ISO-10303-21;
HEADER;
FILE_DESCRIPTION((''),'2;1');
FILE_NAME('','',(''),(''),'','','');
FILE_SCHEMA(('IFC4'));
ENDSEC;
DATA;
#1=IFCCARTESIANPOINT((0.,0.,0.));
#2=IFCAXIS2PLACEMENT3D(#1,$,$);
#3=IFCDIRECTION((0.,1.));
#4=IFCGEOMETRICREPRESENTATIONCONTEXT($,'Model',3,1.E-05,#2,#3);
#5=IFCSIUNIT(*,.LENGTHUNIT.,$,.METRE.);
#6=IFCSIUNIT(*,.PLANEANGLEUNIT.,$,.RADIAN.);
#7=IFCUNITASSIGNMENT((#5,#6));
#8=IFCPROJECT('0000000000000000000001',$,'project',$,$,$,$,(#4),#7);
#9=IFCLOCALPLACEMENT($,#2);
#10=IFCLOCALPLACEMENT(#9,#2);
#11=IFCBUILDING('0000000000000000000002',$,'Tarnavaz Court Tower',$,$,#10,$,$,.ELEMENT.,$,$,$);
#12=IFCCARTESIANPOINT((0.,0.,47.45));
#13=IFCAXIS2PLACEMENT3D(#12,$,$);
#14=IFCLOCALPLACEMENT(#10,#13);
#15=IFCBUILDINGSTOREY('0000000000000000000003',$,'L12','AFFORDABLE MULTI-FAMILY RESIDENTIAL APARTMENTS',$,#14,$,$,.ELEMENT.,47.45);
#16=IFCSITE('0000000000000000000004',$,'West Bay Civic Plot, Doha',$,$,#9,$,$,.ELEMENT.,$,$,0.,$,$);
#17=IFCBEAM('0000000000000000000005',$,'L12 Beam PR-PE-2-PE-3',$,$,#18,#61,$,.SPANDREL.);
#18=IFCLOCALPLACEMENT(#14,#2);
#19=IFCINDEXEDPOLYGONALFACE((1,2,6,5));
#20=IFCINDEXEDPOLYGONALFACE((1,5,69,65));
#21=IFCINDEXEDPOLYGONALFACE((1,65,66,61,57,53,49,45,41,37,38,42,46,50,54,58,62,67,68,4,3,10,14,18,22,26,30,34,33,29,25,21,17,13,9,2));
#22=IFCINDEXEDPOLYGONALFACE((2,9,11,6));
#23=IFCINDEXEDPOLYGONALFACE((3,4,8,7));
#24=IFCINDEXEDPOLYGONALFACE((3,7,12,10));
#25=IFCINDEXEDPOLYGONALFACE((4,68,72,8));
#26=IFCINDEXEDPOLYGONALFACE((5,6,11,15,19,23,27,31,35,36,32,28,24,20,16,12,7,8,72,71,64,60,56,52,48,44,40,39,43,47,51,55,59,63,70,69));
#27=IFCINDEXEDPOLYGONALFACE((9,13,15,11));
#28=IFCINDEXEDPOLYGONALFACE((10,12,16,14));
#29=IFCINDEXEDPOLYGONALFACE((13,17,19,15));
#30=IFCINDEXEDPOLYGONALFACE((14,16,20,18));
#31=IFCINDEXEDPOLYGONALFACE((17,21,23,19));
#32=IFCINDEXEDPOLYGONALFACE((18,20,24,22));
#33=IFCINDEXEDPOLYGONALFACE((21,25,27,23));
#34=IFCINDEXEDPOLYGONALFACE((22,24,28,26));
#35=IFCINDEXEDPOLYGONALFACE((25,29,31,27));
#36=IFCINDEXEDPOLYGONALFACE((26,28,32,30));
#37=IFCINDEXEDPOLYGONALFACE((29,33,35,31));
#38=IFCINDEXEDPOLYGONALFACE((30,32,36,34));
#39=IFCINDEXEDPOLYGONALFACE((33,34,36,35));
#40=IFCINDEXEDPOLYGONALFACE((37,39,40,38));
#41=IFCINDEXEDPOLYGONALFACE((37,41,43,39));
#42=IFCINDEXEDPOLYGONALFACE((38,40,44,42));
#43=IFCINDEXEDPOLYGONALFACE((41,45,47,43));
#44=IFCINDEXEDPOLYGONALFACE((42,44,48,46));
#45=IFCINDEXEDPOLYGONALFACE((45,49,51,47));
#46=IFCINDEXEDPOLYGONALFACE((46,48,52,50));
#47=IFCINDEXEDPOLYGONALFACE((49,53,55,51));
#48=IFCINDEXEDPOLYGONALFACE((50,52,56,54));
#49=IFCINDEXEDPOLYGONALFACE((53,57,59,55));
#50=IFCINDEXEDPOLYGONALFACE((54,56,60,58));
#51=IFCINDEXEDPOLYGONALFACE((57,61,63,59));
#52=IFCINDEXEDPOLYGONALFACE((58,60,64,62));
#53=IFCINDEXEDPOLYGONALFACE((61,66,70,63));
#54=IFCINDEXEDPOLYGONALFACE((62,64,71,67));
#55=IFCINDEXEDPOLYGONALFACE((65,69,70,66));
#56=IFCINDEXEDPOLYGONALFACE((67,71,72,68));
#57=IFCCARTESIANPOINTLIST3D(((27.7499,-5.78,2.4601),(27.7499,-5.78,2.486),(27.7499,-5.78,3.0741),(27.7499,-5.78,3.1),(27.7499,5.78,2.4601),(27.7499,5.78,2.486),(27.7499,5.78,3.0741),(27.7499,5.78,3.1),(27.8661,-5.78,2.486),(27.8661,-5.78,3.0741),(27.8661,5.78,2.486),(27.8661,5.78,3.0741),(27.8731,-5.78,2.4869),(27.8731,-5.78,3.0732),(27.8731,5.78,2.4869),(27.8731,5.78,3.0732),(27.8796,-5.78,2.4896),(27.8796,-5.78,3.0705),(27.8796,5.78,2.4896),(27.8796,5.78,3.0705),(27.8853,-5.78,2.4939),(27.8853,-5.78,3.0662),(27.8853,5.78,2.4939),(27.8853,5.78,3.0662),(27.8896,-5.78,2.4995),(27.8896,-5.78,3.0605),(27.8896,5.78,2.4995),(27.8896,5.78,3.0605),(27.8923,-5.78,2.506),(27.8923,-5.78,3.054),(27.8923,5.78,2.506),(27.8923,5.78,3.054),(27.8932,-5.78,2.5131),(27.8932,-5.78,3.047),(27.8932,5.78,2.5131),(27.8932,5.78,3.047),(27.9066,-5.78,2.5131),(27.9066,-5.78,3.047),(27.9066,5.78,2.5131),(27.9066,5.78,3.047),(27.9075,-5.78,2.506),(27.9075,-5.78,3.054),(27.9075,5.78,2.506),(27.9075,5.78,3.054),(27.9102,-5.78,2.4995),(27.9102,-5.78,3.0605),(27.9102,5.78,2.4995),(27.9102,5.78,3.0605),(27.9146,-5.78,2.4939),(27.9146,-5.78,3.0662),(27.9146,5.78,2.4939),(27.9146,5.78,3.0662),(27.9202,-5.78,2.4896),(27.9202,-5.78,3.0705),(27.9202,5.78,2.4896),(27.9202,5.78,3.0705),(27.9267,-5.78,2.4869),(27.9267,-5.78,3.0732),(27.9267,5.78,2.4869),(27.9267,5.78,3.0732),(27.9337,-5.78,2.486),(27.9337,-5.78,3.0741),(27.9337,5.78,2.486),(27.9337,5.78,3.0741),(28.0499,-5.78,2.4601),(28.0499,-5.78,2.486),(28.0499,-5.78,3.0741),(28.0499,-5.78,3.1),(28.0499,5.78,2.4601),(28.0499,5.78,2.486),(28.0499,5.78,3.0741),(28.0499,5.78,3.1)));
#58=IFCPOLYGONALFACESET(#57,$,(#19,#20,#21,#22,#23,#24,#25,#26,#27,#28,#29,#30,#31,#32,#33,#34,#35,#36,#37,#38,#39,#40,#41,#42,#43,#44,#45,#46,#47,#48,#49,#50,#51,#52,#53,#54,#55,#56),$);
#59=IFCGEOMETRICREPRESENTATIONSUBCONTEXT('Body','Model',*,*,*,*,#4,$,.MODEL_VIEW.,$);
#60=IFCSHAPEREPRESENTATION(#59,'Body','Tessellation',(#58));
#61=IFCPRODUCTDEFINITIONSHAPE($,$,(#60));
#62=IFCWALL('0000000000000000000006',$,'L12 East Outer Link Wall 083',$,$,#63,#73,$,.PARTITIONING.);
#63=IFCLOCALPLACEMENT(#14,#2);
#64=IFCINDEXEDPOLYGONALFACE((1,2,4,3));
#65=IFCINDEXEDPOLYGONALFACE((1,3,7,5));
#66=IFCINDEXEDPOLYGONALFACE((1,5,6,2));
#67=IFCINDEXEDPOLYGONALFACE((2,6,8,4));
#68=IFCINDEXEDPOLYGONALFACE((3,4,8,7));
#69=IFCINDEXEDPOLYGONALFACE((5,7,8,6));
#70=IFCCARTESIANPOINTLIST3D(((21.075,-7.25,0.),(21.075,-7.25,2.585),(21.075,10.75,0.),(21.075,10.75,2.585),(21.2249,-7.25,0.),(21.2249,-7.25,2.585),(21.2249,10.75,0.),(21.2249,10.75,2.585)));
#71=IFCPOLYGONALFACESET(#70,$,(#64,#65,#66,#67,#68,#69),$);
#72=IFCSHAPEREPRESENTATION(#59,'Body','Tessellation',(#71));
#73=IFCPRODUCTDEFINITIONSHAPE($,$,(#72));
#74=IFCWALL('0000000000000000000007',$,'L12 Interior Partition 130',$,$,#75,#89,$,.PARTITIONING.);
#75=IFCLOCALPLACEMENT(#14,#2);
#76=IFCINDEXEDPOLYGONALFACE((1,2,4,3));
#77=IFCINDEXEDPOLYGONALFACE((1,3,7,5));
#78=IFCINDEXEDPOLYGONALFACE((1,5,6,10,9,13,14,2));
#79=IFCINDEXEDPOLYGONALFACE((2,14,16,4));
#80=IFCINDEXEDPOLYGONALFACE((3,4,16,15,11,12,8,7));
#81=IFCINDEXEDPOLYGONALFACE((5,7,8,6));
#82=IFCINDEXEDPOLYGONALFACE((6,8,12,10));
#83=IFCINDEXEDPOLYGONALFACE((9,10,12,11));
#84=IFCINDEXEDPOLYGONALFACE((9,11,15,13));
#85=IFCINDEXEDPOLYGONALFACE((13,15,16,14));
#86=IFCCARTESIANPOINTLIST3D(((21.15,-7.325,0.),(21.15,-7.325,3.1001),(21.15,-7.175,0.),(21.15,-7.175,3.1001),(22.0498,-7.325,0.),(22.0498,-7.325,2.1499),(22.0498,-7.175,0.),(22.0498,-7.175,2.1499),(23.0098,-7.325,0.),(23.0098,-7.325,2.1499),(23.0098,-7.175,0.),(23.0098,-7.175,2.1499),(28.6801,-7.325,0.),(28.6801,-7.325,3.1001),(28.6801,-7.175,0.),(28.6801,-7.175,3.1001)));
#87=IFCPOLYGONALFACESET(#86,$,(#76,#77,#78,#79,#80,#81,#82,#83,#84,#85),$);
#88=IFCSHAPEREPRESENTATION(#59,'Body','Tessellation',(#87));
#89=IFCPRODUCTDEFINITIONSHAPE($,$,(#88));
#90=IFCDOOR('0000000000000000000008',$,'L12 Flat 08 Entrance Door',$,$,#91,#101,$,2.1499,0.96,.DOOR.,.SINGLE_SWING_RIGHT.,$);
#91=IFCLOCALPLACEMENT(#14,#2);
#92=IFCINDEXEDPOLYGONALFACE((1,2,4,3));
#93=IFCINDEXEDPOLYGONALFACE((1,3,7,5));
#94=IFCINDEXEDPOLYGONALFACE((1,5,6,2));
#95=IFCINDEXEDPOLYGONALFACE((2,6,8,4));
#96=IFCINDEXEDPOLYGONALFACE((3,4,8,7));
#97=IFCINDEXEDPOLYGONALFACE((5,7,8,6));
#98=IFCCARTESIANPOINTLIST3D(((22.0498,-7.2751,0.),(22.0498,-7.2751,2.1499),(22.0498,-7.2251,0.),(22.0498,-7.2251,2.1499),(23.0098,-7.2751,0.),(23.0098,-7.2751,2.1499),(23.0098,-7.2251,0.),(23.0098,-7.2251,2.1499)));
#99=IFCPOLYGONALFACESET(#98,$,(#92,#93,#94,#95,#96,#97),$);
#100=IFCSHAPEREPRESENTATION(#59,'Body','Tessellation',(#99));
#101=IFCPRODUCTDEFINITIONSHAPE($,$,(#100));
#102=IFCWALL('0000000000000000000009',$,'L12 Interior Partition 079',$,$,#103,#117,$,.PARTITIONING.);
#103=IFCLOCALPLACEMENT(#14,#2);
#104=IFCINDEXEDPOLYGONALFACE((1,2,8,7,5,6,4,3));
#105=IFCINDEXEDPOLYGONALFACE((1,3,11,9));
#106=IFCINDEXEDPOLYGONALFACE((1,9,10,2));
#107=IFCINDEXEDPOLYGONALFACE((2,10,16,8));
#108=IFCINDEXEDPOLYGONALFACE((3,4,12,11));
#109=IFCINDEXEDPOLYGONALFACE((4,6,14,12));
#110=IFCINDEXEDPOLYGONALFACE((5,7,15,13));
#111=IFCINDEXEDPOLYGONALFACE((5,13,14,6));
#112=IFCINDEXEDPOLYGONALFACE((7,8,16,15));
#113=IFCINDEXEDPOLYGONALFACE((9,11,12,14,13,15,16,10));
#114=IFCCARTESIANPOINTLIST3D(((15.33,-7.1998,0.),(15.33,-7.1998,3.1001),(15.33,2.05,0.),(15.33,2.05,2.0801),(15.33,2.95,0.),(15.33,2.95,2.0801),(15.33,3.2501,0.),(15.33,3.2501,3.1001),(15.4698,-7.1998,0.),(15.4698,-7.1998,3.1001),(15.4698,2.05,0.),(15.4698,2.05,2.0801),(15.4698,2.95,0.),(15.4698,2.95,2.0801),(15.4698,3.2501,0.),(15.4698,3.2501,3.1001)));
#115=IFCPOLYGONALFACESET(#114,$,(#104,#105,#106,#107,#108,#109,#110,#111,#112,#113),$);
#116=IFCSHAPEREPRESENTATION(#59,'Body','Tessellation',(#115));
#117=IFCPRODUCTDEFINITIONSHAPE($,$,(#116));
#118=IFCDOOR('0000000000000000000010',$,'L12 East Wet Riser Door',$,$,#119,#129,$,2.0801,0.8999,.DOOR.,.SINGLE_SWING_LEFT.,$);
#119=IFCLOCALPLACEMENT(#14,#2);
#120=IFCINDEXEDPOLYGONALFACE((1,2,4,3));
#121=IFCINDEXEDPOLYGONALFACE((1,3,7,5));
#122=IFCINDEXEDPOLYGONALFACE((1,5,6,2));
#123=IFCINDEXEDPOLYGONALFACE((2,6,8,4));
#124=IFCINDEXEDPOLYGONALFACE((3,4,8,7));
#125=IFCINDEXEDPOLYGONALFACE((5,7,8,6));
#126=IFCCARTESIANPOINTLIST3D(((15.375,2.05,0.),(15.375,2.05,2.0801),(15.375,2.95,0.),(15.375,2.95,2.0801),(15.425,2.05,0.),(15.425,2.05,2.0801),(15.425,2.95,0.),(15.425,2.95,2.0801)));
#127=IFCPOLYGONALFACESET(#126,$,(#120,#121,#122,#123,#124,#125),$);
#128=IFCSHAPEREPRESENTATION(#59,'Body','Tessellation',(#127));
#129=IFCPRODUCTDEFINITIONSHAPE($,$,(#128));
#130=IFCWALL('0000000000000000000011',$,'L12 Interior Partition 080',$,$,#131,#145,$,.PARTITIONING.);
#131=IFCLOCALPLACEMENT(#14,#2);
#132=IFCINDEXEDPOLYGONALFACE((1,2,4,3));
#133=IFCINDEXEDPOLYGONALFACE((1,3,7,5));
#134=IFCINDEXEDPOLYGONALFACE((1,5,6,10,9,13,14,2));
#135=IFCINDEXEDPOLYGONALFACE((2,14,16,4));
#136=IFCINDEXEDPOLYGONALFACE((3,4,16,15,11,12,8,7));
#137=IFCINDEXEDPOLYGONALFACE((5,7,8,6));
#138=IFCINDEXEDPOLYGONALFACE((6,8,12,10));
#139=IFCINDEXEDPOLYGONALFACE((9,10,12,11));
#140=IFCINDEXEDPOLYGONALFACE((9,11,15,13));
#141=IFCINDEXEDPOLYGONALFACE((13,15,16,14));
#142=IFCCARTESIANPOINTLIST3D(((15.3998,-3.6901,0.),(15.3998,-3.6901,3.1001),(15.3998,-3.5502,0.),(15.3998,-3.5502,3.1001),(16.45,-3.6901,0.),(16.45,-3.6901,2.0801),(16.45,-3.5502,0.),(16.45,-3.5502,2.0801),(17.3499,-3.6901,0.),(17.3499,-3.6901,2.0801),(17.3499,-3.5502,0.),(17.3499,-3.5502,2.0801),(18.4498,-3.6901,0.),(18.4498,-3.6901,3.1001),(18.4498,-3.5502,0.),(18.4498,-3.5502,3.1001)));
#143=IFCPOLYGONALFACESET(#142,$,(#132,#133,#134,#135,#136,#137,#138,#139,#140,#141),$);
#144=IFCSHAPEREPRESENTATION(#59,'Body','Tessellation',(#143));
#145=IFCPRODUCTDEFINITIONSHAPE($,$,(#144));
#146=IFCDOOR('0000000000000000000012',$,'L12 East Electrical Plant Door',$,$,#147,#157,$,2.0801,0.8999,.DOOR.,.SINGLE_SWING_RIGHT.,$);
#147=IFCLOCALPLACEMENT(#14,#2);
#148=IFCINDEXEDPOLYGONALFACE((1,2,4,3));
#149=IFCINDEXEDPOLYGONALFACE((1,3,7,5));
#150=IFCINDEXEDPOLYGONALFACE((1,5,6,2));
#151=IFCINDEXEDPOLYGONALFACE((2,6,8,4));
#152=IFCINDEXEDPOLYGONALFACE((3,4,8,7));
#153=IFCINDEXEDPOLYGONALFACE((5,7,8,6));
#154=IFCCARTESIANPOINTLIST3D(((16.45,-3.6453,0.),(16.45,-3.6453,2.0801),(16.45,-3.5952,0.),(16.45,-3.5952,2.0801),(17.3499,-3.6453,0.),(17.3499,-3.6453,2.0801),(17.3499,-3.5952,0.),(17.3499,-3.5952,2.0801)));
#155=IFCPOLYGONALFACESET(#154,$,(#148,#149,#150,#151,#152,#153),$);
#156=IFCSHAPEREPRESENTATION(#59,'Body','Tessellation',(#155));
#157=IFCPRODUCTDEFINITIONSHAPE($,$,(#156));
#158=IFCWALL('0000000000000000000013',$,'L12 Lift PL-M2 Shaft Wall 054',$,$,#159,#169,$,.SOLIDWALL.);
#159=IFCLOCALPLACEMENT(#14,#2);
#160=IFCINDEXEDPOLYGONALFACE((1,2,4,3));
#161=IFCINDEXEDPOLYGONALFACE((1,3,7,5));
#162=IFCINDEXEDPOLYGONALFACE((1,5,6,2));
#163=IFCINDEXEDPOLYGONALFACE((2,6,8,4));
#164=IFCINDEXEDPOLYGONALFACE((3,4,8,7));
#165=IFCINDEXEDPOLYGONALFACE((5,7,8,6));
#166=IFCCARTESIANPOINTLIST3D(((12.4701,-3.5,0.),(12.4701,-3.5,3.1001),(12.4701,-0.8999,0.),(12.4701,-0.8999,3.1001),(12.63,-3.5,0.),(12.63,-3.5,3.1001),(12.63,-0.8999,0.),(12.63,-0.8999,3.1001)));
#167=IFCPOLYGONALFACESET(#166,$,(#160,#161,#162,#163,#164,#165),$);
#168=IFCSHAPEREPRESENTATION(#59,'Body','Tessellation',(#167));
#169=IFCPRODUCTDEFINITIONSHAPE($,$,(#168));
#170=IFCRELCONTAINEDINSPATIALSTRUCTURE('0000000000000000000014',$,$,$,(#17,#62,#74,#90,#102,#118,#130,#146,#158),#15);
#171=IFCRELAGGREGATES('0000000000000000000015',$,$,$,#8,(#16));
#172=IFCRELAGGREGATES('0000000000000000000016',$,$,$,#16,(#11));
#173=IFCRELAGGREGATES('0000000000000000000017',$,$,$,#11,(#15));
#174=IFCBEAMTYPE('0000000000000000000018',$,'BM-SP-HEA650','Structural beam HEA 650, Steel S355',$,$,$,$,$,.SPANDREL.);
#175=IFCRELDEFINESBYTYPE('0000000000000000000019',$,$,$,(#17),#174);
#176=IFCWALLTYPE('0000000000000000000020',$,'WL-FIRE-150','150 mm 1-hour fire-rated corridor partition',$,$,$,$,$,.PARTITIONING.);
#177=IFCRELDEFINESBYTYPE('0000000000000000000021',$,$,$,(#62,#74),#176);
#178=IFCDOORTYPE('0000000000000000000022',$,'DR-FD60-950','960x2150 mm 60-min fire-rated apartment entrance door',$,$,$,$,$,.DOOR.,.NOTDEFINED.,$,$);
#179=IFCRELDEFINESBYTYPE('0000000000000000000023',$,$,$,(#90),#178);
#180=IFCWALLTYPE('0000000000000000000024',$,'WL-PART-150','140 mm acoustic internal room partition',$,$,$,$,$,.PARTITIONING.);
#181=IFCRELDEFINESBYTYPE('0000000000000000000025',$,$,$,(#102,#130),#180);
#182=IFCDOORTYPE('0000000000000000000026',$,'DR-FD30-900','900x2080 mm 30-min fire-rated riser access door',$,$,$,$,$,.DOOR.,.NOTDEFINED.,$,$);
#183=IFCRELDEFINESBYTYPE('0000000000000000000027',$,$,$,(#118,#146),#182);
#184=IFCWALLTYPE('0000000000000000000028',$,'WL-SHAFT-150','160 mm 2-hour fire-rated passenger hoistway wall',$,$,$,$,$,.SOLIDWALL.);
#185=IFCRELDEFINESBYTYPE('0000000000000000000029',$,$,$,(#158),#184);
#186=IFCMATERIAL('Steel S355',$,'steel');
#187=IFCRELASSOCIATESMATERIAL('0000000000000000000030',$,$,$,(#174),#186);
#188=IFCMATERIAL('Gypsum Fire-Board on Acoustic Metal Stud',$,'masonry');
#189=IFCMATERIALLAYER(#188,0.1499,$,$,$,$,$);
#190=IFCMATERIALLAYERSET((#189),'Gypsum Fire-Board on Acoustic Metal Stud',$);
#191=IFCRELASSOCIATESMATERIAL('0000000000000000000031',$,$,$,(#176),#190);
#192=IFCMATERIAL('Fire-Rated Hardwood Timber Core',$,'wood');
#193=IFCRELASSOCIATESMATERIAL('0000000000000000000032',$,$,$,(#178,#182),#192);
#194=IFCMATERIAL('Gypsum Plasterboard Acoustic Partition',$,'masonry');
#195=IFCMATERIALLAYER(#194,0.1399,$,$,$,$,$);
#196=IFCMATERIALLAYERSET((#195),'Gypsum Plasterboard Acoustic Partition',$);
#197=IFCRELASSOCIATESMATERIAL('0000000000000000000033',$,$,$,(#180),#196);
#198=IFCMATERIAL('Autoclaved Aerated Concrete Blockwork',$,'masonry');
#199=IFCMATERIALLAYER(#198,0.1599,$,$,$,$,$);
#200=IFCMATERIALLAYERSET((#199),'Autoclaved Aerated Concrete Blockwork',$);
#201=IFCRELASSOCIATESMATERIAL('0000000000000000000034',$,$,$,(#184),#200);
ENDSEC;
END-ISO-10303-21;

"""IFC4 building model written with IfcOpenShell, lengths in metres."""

from ifc_helpers import new_model, si_unit, direction, frame, frame_2d, origin, origin_2d, place, context, subcontext, project, spatial, rectangle, i_section, extrude, material, layer, layer_set, material_profile, profile_set, type_object, element, fill, save


model = new_model("IFC4")

# Units and contexts
model_context = context("Model", 3, precision=1e-05, world=origin(), true_north=direction((0.0, 1.0)))
body_context = subcontext(model_context, "Body", "Model", "MODEL_VIEW")
ifc_project = project(units=[si_unit("LENGTHUNIT", "METRE"), si_unit("PLANEANGLEUNIT", "RADIAN")], contexts=[model_context])

# Site, building, storey
site_placement = place(None, origin())
site = spatial("IfcSite", under=ifc_project, at=site_placement, Name="West Bay Civic Plot, Doha", CompositionType="ELEMENT", RefElevation=0.0)
building_placement = place(site_placement, origin())
building = spatial("IfcBuilding", under=site, at=building_placement, Name="Tarnavaz Court Tower", CompositionType="ELEMENT")
storey_placement = place(building_placement, frame((0.0, 0.0, 47.45)))
storey = spatial("IfcBuildingStorey", under=building, at=storey_placement, Name="L12", Description="AFFORDABLE MULTI-FAMILY RESIDENTIAL APARTMENTS", CompositionType="ELEMENT", Elevation=47.45)

# Beam
ifc_material_1 = material(Name="Steel S355", Category="steel")
ifc_material_profile_1 = material_profile(ifc_material_1, i_section(OverallWidth=0.3, OverallDepth=0.6399, WebThickness=0.0134, FlangeThickness=0.0259, FilletRadius=0.0271, at=origin_2d()), Name="HEA 650")
ifc_profile_set_1 = profile_set([ifc_material_profile_1], Name="Steel S355")
beam_type_1 = type_object("IfcBeamType", Name="BM-SP-HEA650", Description="Structural beam HEA 650, Steel S355", PredefinedType="SPANDREL", material=ifc_profile_set_1)
beam_1_placement = place(storey_placement, frame((27.8999, -5.78, 2.78), z_axis=(0.0, 1.0, 0.0), x_axis=(-1.0, 0.0, 0.0)))
element("IfcBeam", 1, at=beam_1_placement, inside=storey, type_object=beam_type_1, Name="L12 Beam PR-PE-2-PE-3", PredefinedType="SPANDREL", context=body_context, shape_type="SweptSolid", body=[
    extrude(i_section(OverallWidth=0.3, OverallDepth=0.6399, WebThickness=0.0134, FlangeThickness=0.0259, FilletRadius=0.0271, at=origin_2d()), origin(), (0.0, 0.0, 1.0), 11.5601),
])

# Wall
ifc_material_2 = material(Name="Gypsum Fire-Board on Acoustic Metal Stud", Category="masonry")
ifc_layer_1 = layer(ifc_material_2, 0.1499)
ifc_layer_set_1 = layer_set([ifc_layer_1], Name="Gypsum Fire-Board on Acoustic Metal Stud")
wall_type_1 = type_object("IfcWallType", Name="WL-FIRE-150", Description="150 mm 1-hour fire-rated corridor partition", PredefinedType="PARTITIONING", material=ifc_layer_set_1)
wall_1_placement = place(storey_placement, frame((21.1499, -7.25, 0.0), z_axis=(0.0, 0.0, 1.0), x_axis=(0.0, 1.0, 0.0)))
element("IfcWall", 2, at=wall_1_placement, inside=storey, type_object=wall_type_1, Name="L12 East Outer Link Wall 083", PredefinedType="PARTITIONING", context=body_context, shape_type="SweptSolid", body=[
    extrude(rectangle(XDim=18.0, YDim=0.1499, at=frame_2d((9.0, 0.0))), origin(), (0.0, 0.0, 1.0), 2.585),
])

# Walls, openings, doors
wall_2_placement = place(storey_placement, frame((21.1499, -7.25, 0.0), z_axis=(0.0, 0.0, 1.0), x_axis=(1.0, 0.0, 0.0)))
wall_2 = element("IfcWall", 3, at=wall_2_placement, inside=storey, type_object=wall_type_1, Name="L12 Interior Partition 130", PredefinedType="PARTITIONING", context=body_context, shape_type="SweptSolid", body=[
    extrude(rectangle(XDim=7.53, YDim=0.1499, at=frame_2d((3.7651, 0.0))), origin(), (0.0, 0.0, 1.0), 3.1001),
])
opening_1_placement = place(wall_2_placement, frame((0.8999, 0.0, 0.0)))
opening_1 = element("IfcOpeningElement", 4, at=opening_1_placement, cuts=wall_2, PredefinedType="OPENING", context=body_context, shape_type="SweptSolid", body=[
    extrude(rectangle(XDim=0.96, YDim=2.1499, at=frame_2d((0.48, 1.075))), frame((0.0, 0.085, 0.0), z_axis=(0.0, -1.0, 0.0), x_axis=(1.0, 0.0, 0.0)), (0.0, 0.0, 1.0), 0.1699),
])
ifc_material_3 = material(Name="Fire-Rated Hardwood Timber Core", Category="wood")
door_type_1 = type_object("IfcDoorType", Name="DR-FD60-950", Description="960x2150 mm 60-min fire-rated apartment entrance door", OperationType="NOTDEFINED", PredefinedType="DOOR", material=ifc_material_3)
door_1_placement = place(opening_1_placement, origin())
door_1 = element("IfcDoor", 5, at=door_1_placement, inside=storey, type_object=door_type_1, Name="L12 Flat 08 Entrance Door", OperationType="SINGLE_SWING_RIGHT", OverallHeight=2.1499, OverallWidth=0.96, PredefinedType="DOOR", context=body_context, shape_type="SweptSolid", body=[
    extrude(rectangle(XDim=0.96, YDim=2.1499, at=frame_2d((0.48, 1.075))), frame((0.0, 0.0249, 0.0), z_axis=(0.0, -1.0, 0.0), x_axis=(1.0, 0.0, 0.0)), (0.0, 0.0, 1.0), 0.05),
])
fill(opening_1, door_1)
ifc_material_4 = material(Name="Gypsum Plasterboard Acoustic Partition", Category="masonry")
ifc_layer_2 = layer(ifc_material_4, 0.1399)
ifc_layer_set_2 = layer_set([ifc_layer_2], Name="Gypsum Plasterboard Acoustic Partition")
wall_type_2 = type_object("IfcWallType", Name="WL-PART-150", Description="140 mm acoustic internal room partition", PredefinedType="PARTITIONING", material=ifc_layer_set_2)
wall_3_placement = place(storey_placement, frame((15.3999, -7.2, 0.0), z_axis=(0.0, 0.0, 1.0), x_axis=(0.0, 1.0, 0.0)))
wall_3 = element("IfcWall", 6, at=wall_3_placement, inside=storey, type_object=wall_type_2, Name="L12 Interior Partition 079", PredefinedType="PARTITIONING", context=body_context, shape_type="SweptSolid", body=[
    extrude(rectangle(XDim=10.45, YDim=0.1399, at=frame_2d((5.2251, 0.0))), origin(), (0.0, 0.0, 1.0), 3.1001),
])
opening_2_placement = place(wall_3_placement, frame((9.25, 0.0, 0.0)))
opening_2 = element("IfcOpeningElement", 7, at=opening_2_placement, cuts=wall_3, PredefinedType="OPENING", context=body_context, shape_type="SweptSolid", body=[
    extrude(rectangle(XDim=0.8999, YDim=2.0801, at=frame_2d((0.45, 1.04))), frame((0.0, 0.0798, 0.0), z_axis=(0.0, -1.0, 0.0), x_axis=(1.0, 0.0, 0.0)), (0.0, 0.0, 1.0), 0.1599),
])
door_type_2 = type_object("IfcDoorType", Name="DR-FD30-900", Description="900x2080 mm 30-min fire-rated riser access door", OperationType="NOTDEFINED", PredefinedType="DOOR", material=ifc_material_3)
door_2_placement = place(opening_2_placement, origin())
door_2 = element("IfcDoor", 8, at=door_2_placement, inside=storey, type_object=door_type_2, Name="L12 East Wet Riser Door", OperationType="SINGLE_SWING_LEFT", OverallHeight=2.0801, OverallWidth=0.8999, PredefinedType="DOOR", context=body_context, shape_type="SweptSolid", body=[
    extrude(rectangle(XDim=0.8999, YDim=2.0801, at=frame_2d((0.45, 1.04))), frame((0.0, 0.0249, 0.0), z_axis=(0.0, -1.0, 0.0), x_axis=(1.0, 0.0, 0.0)), (0.0, 0.0, 1.0), 0.05),
])
fill(opening_2, door_2)
wall_4_placement = place(storey_placement, frame((15.3999, -3.6201, 0.0), z_axis=(0.0, 0.0, 1.0), x_axis=(1.0, 0.0, 0.0)))
wall_4 = element("IfcWall", 9, at=wall_4_placement, inside=storey, type_object=wall_type_2, Name="L12 Interior Partition 080", PredefinedType="PARTITIONING", context=body_context, shape_type="SweptSolid", body=[
    extrude(rectangle(XDim=3.05, YDim=0.1399, at=frame_2d((1.5249, 0.0))), origin(), (0.0, 0.0, 1.0), 3.1001),
])
opening_3_placement = place(wall_4_placement, frame((1.05, 0.0, 0.0)))
opening_3 = element("IfcOpeningElement", 10, at=opening_3_placement, cuts=wall_4, PredefinedType="OPENING", context=body_context, shape_type="SweptSolid", body=[
    extrude(rectangle(XDim=0.8999, YDim=2.0801, at=frame_2d((0.45, 1.04))), frame((0.0, 0.0798, 0.0), z_axis=(0.0, -1.0, 0.0), x_axis=(1.0, 0.0, 0.0)), (0.0, 0.0, 1.0), 0.1599),
])
door_3_placement = place(opening_3_placement, origin())
door_3 = element("IfcDoor", 11, at=door_3_placement, inside=storey, type_object=door_type_2, Name="L12 East Electrical Plant Door", OperationType="SINGLE_SWING_RIGHT", OverallHeight=2.0801, OverallWidth=0.8999, PredefinedType="DOOR", context=body_context, shape_type="SweptSolid", body=[
    extrude(rectangle(XDim=0.8999, YDim=2.0801, at=frame_2d((0.45, 1.04))), frame((0.0, 0.0249, 0.0), z_axis=(0.0, -1.0, 0.0), x_axis=(1.0, 0.0, 0.0)), (0.0, 0.0, 1.0), 0.05),
])
fill(opening_3, door_3)

# Wall
ifc_material_5 = material(Name="Autoclaved Aerated Concrete Blockwork", Category="masonry")
ifc_layer_3 = layer(ifc_material_5, 0.1599)
ifc_layer_set_3 = layer_set([ifc_layer_3], Name="Autoclaved Aerated Concrete Blockwork")
wall_type_3 = type_object("IfcWallType", Name="WL-SHAFT-150", Description="160 mm 2-hour fire-rated passenger hoistway wall", PredefinedType="SOLIDWALL", material=ifc_layer_set_3)
wall_5_placement = place(storey_placement, frame((12.55, -3.5, 0.0), z_axis=(0.0, 0.0, 1.0), x_axis=(0.0, 1.0, 0.0)))
element("IfcWall", 12, at=wall_5_placement, inside=storey, type_object=wall_type_3, Name="L12 Lift PL-M2 Shaft Wall 054", PredefinedType="SOLIDWALL", context=body_context, shape_type="SweptSolid", body=[
    extrude(rectangle(XDim=2.6001, YDim=0.1599, at=frame_2d((1.3, 0.0))), origin(), (0.0, 0.0, 1.0), 3.1001),
])

save(model, "model.ifc")
